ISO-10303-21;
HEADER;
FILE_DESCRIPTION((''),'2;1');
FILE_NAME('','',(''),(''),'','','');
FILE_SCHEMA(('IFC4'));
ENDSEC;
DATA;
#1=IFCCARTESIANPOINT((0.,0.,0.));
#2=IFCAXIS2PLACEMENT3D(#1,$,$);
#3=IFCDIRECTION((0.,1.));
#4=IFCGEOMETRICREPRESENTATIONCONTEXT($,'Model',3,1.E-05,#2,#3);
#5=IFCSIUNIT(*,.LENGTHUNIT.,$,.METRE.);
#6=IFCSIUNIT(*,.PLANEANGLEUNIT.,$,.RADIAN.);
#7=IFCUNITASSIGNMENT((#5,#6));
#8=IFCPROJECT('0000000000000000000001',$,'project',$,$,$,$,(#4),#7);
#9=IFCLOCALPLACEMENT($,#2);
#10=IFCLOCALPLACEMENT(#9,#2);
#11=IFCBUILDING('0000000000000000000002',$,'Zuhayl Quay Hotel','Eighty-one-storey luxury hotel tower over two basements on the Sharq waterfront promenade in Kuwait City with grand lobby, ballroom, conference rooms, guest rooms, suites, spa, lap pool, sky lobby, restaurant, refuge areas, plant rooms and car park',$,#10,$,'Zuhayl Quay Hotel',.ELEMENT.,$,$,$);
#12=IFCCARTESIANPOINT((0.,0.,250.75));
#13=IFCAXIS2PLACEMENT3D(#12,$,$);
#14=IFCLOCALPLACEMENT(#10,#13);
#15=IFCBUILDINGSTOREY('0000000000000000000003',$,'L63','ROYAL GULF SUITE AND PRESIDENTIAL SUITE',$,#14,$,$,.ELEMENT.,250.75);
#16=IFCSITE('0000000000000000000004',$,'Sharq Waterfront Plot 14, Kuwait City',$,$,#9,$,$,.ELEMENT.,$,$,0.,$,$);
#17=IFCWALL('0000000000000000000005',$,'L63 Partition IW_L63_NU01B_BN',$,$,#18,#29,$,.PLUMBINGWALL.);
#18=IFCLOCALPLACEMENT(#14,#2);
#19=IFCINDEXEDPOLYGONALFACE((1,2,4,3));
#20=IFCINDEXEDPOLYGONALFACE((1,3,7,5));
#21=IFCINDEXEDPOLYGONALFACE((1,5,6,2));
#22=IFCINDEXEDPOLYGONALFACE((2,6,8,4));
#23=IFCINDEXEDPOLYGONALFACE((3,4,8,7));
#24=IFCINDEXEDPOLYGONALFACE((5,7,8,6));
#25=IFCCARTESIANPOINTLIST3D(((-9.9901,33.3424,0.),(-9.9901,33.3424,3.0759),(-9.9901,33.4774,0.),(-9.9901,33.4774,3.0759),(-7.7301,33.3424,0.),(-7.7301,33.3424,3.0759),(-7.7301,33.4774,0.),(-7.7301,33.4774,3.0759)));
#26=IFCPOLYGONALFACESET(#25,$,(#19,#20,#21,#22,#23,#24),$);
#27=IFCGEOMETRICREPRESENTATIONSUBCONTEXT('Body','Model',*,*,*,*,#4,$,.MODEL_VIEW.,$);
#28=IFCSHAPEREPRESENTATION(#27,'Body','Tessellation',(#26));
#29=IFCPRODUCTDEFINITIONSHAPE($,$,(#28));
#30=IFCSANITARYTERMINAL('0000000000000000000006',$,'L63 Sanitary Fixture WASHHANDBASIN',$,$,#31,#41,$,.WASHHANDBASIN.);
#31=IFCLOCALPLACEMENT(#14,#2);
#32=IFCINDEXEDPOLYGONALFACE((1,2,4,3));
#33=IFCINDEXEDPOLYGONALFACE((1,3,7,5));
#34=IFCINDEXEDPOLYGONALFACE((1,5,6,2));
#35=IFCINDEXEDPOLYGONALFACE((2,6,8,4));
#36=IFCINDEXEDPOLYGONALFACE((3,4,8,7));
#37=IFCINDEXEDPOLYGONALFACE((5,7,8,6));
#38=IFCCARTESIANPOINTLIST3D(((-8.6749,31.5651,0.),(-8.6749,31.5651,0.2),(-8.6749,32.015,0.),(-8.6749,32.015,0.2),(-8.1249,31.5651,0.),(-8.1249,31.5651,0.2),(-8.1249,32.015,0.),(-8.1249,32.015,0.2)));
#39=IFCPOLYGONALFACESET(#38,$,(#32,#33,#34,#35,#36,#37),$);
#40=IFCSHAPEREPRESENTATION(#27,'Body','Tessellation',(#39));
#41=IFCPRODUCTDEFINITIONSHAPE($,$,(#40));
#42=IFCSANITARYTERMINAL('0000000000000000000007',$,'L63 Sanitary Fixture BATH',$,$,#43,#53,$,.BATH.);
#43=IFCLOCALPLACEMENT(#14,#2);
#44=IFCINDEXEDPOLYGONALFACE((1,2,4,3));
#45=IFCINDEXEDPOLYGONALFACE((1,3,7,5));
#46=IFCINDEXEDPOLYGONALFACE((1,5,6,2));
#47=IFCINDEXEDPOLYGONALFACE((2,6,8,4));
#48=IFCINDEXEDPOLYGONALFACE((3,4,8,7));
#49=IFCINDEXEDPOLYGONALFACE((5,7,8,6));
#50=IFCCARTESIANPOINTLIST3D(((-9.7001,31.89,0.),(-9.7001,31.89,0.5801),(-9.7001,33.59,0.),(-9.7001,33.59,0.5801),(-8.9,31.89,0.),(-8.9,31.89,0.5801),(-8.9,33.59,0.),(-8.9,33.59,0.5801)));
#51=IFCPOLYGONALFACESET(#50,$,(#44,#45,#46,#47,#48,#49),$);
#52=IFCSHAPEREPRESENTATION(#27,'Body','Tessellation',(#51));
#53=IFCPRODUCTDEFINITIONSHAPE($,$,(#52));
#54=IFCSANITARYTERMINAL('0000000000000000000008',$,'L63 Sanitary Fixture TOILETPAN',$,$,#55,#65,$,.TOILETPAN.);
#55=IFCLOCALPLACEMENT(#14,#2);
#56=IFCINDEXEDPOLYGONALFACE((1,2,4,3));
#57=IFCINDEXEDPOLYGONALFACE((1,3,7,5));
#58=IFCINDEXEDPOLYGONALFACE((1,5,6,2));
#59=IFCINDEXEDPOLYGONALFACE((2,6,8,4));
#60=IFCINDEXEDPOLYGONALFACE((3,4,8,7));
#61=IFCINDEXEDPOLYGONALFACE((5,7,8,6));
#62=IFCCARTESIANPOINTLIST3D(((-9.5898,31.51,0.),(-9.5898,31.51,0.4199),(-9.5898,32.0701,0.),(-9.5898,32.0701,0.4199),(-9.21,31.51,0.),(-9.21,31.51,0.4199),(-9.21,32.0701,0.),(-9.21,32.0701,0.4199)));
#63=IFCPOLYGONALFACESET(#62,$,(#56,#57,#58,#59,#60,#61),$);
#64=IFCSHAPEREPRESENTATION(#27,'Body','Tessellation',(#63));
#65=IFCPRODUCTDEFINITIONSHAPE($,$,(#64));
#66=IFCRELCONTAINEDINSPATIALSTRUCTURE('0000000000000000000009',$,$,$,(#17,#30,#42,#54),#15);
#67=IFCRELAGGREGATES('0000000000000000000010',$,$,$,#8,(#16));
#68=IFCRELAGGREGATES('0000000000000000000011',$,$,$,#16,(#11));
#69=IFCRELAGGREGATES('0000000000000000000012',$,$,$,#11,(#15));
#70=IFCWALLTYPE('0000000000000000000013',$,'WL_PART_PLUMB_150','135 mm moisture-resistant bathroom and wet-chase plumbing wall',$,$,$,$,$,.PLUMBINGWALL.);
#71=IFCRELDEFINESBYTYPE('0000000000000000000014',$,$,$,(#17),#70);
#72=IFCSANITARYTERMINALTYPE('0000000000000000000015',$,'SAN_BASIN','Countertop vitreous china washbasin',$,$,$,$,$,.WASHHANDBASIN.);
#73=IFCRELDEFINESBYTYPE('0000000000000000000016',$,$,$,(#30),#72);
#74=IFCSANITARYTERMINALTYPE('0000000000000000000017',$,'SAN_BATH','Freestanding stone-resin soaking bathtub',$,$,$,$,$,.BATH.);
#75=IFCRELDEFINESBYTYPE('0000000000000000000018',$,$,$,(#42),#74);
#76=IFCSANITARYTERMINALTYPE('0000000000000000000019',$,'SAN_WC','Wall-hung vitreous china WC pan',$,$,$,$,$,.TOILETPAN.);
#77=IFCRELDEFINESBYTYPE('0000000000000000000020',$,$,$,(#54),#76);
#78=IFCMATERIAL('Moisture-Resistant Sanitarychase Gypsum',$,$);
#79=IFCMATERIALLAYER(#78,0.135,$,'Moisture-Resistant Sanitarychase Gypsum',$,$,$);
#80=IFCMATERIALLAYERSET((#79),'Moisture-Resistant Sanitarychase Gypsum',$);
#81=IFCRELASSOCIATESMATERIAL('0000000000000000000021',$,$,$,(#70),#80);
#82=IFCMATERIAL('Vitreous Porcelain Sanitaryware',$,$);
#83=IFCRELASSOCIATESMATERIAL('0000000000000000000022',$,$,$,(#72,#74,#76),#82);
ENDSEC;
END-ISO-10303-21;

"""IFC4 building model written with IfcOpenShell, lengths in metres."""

from ifc_helpers import new_model, si_unit, direction, frame, frame_2d, origin, origin_2d, place, context, subcontext, project, spatial, rectangle, extrude, material, layer, layer_set, type_object, element, save


model = new_model("IFC4")

# Units and contexts
model_context = context("Model", 3, precision=1e-05, world=origin(), true_north=direction((0.0, 1.0)))
body_context = subcontext(model_context, "Body", "Model", "MODEL_VIEW")
ifc_project = project(units=[si_unit("LENGTHUNIT", "METRE"), si_unit("PLANEANGLEUNIT", "RADIAN")], contexts=[model_context])

# Site, building, storey
site_placement = place(None, origin())
site = spatial("IfcSite", under=ifc_project, at=site_placement, Name="Sharq Waterfront Plot 14, Kuwait City", CompositionType="ELEMENT", RefElevation=0.0)
building_placement = place(site_placement, origin())
building = spatial("IfcBuilding", under=site, at=building_placement, Name="Zuhayl Quay Hotel", Description="Eighty-one-storey luxury hotel tower over two basements on the Sharq waterfront promenade in Kuwait City with grand lobby, ballroom, conference rooms, guest rooms, suites, spa, lap pool, sky lobby, restaurant, refuge areas, plant rooms and car park", LongName="Zuhayl Quay Hotel", CompositionType="ELEMENT")
storey_placement = place(building_placement, frame((0.0, 0.0, 250.75)))
storey = spatial("IfcBuildingStorey", under=building, at=storey_placement, Name="L63", Description="ROYAL GULF SUITE AND PRESIDENTIAL SUITE", CompositionType="ELEMENT", Elevation=250.75)

# Shared definitions
ifc_material_1 = material(Name="Moisture-Resistant Sanitarychase Gypsum")
ifc_layer_1 = layer(ifc_material_1, 0.135, Name="Moisture-Resistant Sanitarychase Gypsum")
ifc_layer_set_1 = layer_set([ifc_layer_1], Name="Moisture-Resistant Sanitarychase Gypsum")
wall_type_1 = type_object("IfcWallType", Name="WL_PART_PLUMB_150", Description="135 mm moisture-resistant bathroom and wet-chase plumbing wall", PredefinedType="PLUMBINGWALL", material=ifc_layer_set_1)

# Wall
wall_1_placement = place(storey_placement, frame((-9.99, 33.4099, 0.0), z_axis=(0.0, 0.0, 1.0), x_axis=(1.0, 0.0, 0.0)))
element("IfcWall", 1, at=wall_1_placement, inside=storey, type_object=wall_type_1, Name="L63 Partition IW_L63_NU01B_BN", PredefinedType="PLUMBINGWALL", context=body_context, shape_type="SweptSolid", body=[
    extrude(rectangle(XDim=2.26, YDim=0.135, at=frame_2d((1.1299, 0.0))), origin(), (0.0, 0.0, 1.0), 3.0759),
])

# Sanitary terminals
ifc_material_2 = material(Name="Vitreous Porcelain Sanitaryware")
sanitary_terminal_type_1 = type_object("IfcSanitaryTerminalType", Name="SAN_BASIN", Description="Countertop vitreous china washbasin", PredefinedType="WASHHANDBASIN", material=ifc_material_2)
sanitary_terminal_1_placement = place(storey_placement, frame((-8.3999, 31.79, 0.0), z_axis=(0.0, 0.0, 1.0), x_axis=(1.0, 0.0, 0.0)))
element("IfcSanitaryTerminal", 2, at=sanitary_terminal_1_placement, inside=storey, type_object=sanitary_terminal_type_1, Name="L63 Sanitary Fixture WASHHANDBASIN", PredefinedType="WASHHANDBASIN", context=body_context, shape_type="SweptSolid", body=[
    extrude(rectangle(XDim=0.55, YDim=0.45, at=origin_2d()), origin(), (0.0, 0.0, 1.0), 0.2),
])
sanitary_terminal_type_2 = type_object("IfcSanitaryTerminalType", Name="SAN_BATH", Description="Freestanding stone-resin soaking bathtub", PredefinedType="BATH", material=ifc_material_2)
sanitary_terminal_2_placement = place(storey_placement, frame((-9.3, 32.74, 0.0), z_axis=(0.0, 0.0, 1.0), x_axis=(1.0, 0.0, 0.0)))
element("IfcSanitaryTerminal", 3, at=sanitary_terminal_2_placement, inside=storey, type_object=sanitary_terminal_type_2, Name="L63 Sanitary Fixture BATH", PredefinedType="BATH", context=body_context, shape_type="SweptSolid", body=[
    extrude(rectangle(XDim=0.8, YDim=1.7, at=origin_2d()), origin(), (0.0, 0.0, 1.0), 0.5801),
])
sanitary_terminal_type_3 = type_object("IfcSanitaryTerminalType", Name="SAN_WC", Description="Wall-hung vitreous china WC pan", PredefinedType="TOILETPAN", material=ifc_material_2)
sanitary_terminal_3_placement = place(storey_placement, frame((-9.3999, 31.79, 0.0), z_axis=(0.0, 0.0, 1.0), x_axis=(1.0, 0.0, 0.0)))
element("IfcSanitaryTerminal", 4, at=sanitary_terminal_3_placement, inside=storey, type_object=sanitary_terminal_type_3, Name="L63 Sanitary Fixture TOILETPAN", PredefinedType="TOILETPAN", context=body_context, shape_type="SweptSolid", body=[
    extrude(rectangle(XDim=0.3799, YDim=0.5601, at=origin_2d()), origin(), (0.0, 0.0, 1.0), 0.4199),
])

save(model, "model.ifc")
